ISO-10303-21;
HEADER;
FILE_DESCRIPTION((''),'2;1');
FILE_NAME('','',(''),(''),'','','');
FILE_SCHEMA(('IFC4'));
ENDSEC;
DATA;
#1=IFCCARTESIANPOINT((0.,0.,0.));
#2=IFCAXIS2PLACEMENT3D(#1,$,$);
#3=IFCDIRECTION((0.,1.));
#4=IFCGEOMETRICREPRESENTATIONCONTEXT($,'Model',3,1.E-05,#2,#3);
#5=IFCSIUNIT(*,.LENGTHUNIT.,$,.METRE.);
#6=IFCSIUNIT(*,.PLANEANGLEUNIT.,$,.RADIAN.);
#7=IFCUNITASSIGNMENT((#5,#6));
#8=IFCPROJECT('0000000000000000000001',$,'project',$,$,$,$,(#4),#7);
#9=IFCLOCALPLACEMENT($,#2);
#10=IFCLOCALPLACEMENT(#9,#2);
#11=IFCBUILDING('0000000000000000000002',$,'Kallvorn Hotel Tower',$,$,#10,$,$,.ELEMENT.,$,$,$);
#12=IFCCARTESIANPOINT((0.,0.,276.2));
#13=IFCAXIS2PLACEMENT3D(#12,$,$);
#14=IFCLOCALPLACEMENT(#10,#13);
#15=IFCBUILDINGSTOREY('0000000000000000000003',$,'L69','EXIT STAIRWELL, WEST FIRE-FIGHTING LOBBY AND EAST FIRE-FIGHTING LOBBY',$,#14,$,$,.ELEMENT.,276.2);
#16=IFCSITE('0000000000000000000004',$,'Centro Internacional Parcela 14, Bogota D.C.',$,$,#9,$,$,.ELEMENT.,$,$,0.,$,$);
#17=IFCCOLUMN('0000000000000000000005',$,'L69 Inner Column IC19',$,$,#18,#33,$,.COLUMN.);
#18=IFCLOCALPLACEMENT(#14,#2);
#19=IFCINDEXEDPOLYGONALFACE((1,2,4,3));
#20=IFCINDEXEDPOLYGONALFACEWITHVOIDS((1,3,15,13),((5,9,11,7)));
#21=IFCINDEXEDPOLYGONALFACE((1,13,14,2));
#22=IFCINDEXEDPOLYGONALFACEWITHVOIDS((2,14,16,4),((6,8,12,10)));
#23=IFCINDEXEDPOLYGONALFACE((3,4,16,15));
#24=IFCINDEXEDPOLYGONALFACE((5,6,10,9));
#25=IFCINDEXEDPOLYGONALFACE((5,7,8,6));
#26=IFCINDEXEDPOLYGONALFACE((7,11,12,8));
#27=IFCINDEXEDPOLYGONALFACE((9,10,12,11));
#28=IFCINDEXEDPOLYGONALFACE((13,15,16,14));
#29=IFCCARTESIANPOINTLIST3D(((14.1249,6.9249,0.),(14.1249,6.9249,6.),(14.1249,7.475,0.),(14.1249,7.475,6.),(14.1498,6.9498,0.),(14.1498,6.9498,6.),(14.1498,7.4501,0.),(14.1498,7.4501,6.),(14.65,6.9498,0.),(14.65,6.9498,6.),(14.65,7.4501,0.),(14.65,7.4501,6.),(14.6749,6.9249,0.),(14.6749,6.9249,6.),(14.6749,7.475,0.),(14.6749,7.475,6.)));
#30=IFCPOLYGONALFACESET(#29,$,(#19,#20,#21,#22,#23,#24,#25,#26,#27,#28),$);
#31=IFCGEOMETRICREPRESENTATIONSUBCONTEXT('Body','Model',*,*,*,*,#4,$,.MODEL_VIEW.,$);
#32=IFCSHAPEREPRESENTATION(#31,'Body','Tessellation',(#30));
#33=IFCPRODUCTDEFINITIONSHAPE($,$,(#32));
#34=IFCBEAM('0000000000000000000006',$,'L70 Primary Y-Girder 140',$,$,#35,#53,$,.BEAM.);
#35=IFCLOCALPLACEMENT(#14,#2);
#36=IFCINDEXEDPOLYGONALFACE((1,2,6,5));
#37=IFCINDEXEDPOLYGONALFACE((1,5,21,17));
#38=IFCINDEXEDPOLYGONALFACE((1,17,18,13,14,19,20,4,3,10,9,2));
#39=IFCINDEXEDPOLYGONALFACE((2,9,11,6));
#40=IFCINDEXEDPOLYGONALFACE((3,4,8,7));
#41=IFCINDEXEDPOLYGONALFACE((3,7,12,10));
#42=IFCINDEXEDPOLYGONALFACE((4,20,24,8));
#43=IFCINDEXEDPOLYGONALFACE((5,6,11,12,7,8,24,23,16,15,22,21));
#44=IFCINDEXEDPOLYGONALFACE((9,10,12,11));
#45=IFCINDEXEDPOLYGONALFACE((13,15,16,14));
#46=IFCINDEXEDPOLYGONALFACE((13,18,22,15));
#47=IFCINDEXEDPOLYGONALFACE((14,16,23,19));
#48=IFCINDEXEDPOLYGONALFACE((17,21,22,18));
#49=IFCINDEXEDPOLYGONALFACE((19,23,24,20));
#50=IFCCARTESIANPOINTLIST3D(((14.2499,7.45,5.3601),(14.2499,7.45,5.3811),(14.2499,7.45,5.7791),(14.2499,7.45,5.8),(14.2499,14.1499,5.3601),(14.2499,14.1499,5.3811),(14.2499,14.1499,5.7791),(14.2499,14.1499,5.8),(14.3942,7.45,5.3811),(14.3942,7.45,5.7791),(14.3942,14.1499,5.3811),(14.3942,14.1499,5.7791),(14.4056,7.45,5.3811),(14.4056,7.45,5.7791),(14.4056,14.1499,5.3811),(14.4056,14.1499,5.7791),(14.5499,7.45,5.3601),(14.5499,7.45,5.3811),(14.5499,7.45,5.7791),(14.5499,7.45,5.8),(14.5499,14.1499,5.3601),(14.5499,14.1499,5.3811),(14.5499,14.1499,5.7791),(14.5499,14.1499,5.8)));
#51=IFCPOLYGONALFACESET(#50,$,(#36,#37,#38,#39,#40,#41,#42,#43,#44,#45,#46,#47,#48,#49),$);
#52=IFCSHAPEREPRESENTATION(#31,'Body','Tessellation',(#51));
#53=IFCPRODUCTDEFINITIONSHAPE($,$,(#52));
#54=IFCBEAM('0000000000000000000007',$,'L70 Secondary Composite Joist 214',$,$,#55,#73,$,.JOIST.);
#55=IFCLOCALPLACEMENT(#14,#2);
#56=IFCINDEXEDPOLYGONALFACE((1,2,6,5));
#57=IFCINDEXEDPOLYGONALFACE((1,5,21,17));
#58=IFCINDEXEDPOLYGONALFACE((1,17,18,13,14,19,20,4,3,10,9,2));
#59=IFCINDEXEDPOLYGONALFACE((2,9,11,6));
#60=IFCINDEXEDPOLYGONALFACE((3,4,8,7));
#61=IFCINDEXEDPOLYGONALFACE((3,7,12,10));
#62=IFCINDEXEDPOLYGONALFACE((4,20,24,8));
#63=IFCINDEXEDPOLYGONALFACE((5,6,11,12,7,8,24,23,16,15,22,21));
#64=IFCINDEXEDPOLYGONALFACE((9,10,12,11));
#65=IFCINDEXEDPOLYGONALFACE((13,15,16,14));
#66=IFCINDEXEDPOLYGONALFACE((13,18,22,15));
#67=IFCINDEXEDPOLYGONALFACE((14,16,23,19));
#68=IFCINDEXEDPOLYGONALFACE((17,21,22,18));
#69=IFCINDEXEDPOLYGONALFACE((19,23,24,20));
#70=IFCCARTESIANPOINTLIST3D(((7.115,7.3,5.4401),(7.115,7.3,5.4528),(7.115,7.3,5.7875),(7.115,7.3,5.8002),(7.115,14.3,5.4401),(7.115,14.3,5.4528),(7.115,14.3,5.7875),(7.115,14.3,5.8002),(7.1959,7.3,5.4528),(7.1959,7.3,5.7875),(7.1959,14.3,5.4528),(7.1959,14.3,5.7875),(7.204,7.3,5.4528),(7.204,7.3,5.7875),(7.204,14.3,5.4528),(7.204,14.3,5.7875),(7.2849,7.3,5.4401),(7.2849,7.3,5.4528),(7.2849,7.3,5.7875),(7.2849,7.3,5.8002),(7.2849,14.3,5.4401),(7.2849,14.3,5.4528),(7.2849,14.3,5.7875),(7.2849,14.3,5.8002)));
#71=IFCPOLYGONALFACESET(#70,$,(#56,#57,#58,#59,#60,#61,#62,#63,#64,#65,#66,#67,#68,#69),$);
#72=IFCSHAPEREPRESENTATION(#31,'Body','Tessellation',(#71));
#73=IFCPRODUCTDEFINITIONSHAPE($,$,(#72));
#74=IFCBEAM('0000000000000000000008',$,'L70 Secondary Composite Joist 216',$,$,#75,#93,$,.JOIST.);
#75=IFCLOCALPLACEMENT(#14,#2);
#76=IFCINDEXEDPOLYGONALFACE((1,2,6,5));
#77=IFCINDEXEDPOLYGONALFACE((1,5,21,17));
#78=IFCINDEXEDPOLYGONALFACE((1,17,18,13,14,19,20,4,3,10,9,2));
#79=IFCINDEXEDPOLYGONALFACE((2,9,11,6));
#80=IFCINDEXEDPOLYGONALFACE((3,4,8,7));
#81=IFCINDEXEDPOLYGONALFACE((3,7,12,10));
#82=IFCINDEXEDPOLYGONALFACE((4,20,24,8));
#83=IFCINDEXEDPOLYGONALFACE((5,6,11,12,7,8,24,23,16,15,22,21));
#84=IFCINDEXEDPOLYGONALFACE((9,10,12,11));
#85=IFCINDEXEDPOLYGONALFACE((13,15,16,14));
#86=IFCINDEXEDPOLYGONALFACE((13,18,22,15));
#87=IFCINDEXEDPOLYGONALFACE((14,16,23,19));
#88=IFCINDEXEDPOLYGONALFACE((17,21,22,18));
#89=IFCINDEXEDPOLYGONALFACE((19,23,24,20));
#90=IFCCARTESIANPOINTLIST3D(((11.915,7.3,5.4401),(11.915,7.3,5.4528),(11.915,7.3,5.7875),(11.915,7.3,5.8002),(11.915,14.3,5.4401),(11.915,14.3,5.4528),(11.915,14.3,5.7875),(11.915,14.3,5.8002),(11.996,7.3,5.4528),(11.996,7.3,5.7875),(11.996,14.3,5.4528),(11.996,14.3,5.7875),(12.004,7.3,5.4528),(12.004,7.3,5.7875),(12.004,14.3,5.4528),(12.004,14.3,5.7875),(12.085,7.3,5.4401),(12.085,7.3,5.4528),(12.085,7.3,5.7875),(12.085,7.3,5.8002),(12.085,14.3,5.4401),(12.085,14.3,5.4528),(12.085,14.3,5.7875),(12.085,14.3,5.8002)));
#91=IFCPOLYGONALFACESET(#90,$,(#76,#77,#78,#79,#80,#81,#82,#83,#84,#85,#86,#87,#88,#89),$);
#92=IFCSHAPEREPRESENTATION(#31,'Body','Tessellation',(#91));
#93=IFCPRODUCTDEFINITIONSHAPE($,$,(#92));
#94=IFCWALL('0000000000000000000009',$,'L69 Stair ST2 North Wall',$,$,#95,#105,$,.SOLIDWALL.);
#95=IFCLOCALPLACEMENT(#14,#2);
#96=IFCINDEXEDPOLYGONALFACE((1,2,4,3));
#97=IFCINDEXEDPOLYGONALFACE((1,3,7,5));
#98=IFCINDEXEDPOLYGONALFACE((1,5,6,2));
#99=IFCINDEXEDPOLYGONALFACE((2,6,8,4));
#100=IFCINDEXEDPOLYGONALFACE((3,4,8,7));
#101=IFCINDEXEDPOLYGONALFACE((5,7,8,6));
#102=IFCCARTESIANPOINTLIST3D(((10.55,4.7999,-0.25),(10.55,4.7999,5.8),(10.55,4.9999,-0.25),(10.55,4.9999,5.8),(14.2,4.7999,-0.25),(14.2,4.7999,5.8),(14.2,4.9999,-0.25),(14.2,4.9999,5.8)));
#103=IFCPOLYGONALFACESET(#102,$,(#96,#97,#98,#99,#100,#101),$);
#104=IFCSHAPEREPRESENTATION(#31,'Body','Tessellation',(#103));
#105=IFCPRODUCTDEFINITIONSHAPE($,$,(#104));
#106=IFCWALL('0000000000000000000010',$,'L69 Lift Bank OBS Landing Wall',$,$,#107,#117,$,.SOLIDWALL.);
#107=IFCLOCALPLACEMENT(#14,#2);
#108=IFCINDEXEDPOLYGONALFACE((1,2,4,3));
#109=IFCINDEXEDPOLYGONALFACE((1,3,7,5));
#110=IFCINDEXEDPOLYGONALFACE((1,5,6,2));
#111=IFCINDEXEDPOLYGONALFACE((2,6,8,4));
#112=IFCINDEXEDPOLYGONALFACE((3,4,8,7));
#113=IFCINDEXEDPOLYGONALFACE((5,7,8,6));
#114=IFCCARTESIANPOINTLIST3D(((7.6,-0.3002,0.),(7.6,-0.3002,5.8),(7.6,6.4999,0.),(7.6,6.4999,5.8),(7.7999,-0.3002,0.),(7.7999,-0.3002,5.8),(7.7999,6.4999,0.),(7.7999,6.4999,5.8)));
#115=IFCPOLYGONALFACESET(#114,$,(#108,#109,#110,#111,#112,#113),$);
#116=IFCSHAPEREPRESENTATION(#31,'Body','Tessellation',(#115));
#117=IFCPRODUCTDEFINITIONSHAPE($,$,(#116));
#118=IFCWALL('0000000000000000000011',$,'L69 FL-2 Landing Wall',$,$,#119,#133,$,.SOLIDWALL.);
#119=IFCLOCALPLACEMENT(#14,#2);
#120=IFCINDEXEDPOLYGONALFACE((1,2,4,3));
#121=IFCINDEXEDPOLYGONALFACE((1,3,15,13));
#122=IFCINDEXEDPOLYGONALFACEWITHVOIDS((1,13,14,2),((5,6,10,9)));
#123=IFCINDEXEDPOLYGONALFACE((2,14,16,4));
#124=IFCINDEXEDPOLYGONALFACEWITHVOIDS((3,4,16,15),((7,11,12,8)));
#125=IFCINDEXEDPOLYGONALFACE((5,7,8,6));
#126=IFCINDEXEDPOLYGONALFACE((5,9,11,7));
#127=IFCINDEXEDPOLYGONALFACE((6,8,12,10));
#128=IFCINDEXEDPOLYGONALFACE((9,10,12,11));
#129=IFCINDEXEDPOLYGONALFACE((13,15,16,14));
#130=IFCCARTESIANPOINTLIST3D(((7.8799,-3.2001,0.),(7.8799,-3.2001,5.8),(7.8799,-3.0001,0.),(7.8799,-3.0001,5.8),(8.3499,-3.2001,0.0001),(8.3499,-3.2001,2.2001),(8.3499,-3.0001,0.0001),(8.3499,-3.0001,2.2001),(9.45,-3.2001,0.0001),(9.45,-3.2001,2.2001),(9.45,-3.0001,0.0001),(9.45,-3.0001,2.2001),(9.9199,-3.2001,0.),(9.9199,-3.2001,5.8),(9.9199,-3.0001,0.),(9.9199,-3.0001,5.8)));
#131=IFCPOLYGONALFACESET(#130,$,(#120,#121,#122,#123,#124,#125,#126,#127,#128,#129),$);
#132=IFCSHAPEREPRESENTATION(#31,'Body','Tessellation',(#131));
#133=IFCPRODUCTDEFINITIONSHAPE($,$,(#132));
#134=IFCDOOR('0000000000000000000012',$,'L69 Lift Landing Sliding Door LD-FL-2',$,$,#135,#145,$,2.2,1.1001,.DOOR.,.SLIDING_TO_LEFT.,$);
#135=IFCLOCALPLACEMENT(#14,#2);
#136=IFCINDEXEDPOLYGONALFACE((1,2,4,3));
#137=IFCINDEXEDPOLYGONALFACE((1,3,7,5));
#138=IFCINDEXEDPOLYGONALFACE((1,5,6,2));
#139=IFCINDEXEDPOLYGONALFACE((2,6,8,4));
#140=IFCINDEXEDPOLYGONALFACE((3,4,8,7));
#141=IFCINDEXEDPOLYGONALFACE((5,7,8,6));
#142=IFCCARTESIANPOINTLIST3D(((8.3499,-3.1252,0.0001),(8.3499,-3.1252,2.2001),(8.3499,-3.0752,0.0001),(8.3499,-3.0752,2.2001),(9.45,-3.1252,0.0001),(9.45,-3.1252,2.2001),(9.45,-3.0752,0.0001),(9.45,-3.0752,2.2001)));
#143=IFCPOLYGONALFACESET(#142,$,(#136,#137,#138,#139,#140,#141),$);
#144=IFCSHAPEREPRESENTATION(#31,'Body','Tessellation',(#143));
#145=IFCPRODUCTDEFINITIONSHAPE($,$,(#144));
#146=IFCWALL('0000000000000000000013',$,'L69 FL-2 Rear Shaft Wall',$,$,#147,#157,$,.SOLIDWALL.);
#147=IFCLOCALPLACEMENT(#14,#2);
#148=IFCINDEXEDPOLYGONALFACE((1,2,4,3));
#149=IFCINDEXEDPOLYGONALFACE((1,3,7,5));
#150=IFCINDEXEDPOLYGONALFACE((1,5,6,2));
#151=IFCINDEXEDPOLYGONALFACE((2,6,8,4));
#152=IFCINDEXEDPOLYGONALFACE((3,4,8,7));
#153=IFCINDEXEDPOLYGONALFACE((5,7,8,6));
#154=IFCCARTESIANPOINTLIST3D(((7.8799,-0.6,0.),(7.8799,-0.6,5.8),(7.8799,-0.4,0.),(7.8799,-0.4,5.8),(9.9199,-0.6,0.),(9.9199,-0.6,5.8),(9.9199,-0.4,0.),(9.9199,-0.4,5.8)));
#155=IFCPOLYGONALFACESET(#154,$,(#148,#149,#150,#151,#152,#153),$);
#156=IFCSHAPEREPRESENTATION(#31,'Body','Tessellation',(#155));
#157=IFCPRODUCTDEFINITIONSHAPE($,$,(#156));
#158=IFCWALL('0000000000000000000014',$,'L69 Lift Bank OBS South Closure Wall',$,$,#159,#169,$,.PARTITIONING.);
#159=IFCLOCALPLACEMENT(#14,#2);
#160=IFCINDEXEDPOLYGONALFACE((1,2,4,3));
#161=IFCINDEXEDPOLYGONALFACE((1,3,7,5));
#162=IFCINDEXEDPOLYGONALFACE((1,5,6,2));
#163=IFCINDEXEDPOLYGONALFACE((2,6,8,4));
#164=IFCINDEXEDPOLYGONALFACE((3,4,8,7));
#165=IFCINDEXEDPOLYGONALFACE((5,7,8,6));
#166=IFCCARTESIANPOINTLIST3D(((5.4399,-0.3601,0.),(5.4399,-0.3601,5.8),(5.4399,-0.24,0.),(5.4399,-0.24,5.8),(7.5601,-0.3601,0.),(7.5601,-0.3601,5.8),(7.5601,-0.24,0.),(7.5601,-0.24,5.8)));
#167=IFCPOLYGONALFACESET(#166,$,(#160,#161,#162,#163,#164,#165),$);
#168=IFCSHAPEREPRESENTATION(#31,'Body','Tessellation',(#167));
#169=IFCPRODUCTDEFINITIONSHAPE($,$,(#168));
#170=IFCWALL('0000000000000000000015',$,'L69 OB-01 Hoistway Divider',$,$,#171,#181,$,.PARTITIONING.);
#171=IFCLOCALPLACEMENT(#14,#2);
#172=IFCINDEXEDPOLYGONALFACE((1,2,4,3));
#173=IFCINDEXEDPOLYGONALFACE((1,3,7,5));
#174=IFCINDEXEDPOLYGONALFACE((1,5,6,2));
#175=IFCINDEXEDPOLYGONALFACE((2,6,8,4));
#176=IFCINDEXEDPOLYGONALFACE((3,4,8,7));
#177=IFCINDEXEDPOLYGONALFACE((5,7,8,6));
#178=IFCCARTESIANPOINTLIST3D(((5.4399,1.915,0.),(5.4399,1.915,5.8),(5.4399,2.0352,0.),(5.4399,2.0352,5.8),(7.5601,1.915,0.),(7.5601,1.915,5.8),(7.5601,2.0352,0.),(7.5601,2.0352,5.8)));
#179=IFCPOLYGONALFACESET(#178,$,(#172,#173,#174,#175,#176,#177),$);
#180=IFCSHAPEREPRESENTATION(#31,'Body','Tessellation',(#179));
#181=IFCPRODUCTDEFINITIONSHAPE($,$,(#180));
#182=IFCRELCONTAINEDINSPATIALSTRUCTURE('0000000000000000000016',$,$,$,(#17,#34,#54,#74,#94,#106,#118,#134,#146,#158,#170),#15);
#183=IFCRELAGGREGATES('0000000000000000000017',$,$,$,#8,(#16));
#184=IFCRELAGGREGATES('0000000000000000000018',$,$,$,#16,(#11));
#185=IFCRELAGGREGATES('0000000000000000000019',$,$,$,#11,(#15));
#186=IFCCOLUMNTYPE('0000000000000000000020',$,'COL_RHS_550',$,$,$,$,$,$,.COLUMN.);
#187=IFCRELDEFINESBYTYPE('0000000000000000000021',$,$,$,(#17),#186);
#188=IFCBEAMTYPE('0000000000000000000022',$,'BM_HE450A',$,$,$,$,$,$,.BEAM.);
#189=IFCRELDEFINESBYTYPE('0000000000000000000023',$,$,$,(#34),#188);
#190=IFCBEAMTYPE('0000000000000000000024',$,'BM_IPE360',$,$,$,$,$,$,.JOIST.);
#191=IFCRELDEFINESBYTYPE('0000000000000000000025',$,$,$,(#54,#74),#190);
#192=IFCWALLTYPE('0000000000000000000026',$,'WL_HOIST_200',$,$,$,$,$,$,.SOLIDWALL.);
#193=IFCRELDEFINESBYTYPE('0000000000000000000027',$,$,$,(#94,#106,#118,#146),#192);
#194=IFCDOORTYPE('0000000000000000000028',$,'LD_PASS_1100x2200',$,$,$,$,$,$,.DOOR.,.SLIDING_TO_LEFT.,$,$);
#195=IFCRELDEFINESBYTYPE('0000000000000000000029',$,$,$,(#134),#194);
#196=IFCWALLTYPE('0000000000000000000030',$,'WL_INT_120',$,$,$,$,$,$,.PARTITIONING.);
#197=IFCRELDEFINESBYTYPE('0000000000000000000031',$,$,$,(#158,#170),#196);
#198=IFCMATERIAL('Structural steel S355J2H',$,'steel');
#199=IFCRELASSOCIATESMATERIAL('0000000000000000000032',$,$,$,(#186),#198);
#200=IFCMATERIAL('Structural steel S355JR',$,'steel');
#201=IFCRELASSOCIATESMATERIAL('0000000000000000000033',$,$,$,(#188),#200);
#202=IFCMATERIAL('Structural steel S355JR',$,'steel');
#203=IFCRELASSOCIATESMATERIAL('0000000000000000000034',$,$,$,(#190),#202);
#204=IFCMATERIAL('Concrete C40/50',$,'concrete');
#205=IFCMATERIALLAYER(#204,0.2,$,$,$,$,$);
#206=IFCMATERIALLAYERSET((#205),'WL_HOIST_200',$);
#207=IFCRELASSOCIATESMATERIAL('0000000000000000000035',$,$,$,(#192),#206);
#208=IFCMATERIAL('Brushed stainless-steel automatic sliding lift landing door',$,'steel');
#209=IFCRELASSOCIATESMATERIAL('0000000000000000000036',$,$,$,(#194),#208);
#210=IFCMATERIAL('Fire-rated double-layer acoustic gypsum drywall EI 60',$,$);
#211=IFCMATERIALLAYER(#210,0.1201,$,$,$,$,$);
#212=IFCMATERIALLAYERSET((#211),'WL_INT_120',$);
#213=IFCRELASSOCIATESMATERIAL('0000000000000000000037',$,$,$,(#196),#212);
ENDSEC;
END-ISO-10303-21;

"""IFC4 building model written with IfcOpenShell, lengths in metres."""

from ifc_helpers import new_model, si_unit, direction, frame, frame_2d, origin, origin_2d, place, context, subcontext, project, spatial, rectangle, hollow_rectangle, i_section, extrude, material, layer, layer_set, material_profile, profile_set, type_object, element, fill, save


model = new_model("IFC4")

# Units and contexts
model_context = context("Model", 3, precision=1e-05, world=origin(), true_north=direction((0.0, 1.0)))
body_context = subcontext(model_context, "Body", "Model", "MODEL_VIEW")
ifc_project = project(units=[si_unit("LENGTHUNIT", "METRE"), si_unit("PLANEANGLEUNIT", "RADIAN")], contexts=[model_context])

# Site, building, storey
site_placement = place(None, origin())
site = spatial("IfcSite", under=ifc_project, at=site_placement, Name="Centro Internacional Parcela 14, Bogota D.C.", CompositionType="ELEMENT", RefElevation=0.0)
building_placement = place(site_placement, origin())
building = spatial("IfcBuilding", under=site, at=building_placement, Name="Kallvorn Hotel Tower", CompositionType="ELEMENT")
storey_placement = place(building_placement, frame((0.0, 0.0, 276.2)))
storey = spatial("IfcBuildingStorey", under=building, at=storey_placement, Name="L69", Description="EXIT STAIRWELL, WEST FIRE-FIGHTING LOBBY AND EAST FIRE-FIGHTING LOBBY", CompositionType="ELEMENT", Elevation=276.2)

# Column
ifc_material_1 = material(Name="Structural steel S355J2H", Category="steel")
ifc_material_profile_1 = material_profile(ifc_material_1, hollow_rectangle(XDim=0.55, YDim=0.55, WallThickness=0.0249, at=origin_2d()), Name="RHS 550x550x25")
ifc_profile_set_1 = profile_set([ifc_material_profile_1], Name="Structural steel S355J2H")
column_type = type_object("IfcColumnType", Name="COL_RHS_550", PredefinedType="COLUMN", material=ifc_profile_set_1)
column_placement = place(storey_placement, frame((14.3999, 7.2, 0.0), z_axis=(0.0, 0.0, 1.0), x_axis=(1.0, 0.0, 0.0)))
element("IfcColumn", 1, at=column_placement, inside=storey, type_object=column_type, Name="L69 Inner Column IC19", PredefinedType="COLUMN", context=body_context, shape_type="SweptSolid", body=[
    extrude(hollow_rectangle(XDim=0.55, YDim=0.55, WallThickness=0.0249, at=origin_2d()), origin(), (0.0, 0.0, 1.0), 6.0),
])

# Beams
ifc_material_2 = material(Name="Structural steel S355JR", Category="steel")
ifc_material_profile_2 = material_profile(ifc_material_2, i_section(OverallWidth=0.3, OverallDepth=0.4399, WebThickness=0.0115, FlangeThickness=0.021, at=origin_2d()), Name="HE 450 A")
ifc_profile_set_2 = profile_set([ifc_material_profile_2], Name="Structural steel S355JR")
beam_type_1 = type_object("IfcBeamType", Name="BM_HE450A", PredefinedType="BEAM", material=ifc_profile_set_2)
beam_placement = place(storey_placement, frame((14.3999, 7.45, 5.5801), z_axis=(0.0, 1.0, 0.0), x_axis=(-1.0, 0.0, 0.0)))
element("IfcBeam", 2, at=beam_placement, inside=storey, type_object=beam_type_1, Name="L70 Primary Y-Girder 140", PredefinedType="BEAM", context=body_context, shape_type="SweptSolid", body=[
    extrude(i_section(OverallWidth=0.3, OverallDepth=0.4399, WebThickness=0.0115, FlangeThickness=0.021, at=origin_2d()), origin(), (0.0, 0.0, 1.0), 6.7),
])
ifc_material_3 = material(Name="Structural steel S355JR", Category="steel")
ifc_material_profile_3 = material_profile(ifc_material_3, i_section(OverallWidth=0.1699, OverallDepth=0.3601, WebThickness=0.0081, FlangeThickness=0.0127, at=origin_2d()), Name="IPE 360")
ifc_profile_set_3 = profile_set([ifc_material_profile_3], Name="Structural steel S355JR")
beam_type_2 = type_object("IfcBeamType", Name="BM_IPE360", PredefinedType="JOIST", material=ifc_profile_set_3)
for number, where, z_axis, x_axis, name in (
    (3, (7.2, 7.3, 5.6201), (0.0, 1.0, 0.0), (-1.0, 0.0, 0.0), "L70 Secondary Composite Joist 214"),
    (4, (12.0, 7.3, 5.6201), (0.0, 1.0, 0.0), (-1.0, 0.0, 0.0), "L70 Secondary Composite Joist 216"),
):
    element("IfcBeam", number, at=place(storey_placement, frame(where, z_axis=z_axis, x_axis=x_axis)), inside=storey, type_object=beam_type_2, Name=name, PredefinedType="JOIST", context=body_context, shape_type="SweptSolid", body=[
        extrude(i_section(OverallWidth=0.1699, OverallDepth=0.3601, WebThickness=0.0081, FlangeThickness=0.0127, at=origin_2d()), origin(), (0.0, 0.0, 1.0), 7.0),
    ])

# Walls
ifc_material_4 = material(Name="Concrete C40/50", Category="concrete")
ifc_layer_1 = layer(ifc_material_4, 0.2)
ifc_layer_set_1 = layer_set([ifc_layer_1], Name="WL_HOIST_200")
wall_type_1 = type_object("IfcWallType", Name="WL_HOIST_200", PredefinedType="SOLIDWALL", material=ifc_layer_set_1)
wall_1_placement = place(storey_placement, frame((10.55, 4.8999, -0.25), z_axis=(0.0, 0.0, 1.0), x_axis=(1.0, 0.0, 0.0)))
element("IfcWall", 5, at=wall_1_placement, inside=storey, type_object=wall_type_1, Name="L69 Stair ST2 North Wall", PredefinedType="SOLIDWALL", context=body_context, shape_type="SweptSolid", body=[
    extrude(rectangle(XDim=3.6499, YDim=0.2, at=frame_2d((1.825, 0.0))), origin(), (0.0, 0.0, 1.0), 6.05),
])
wall_2_placement = place(storey_placement, frame((7.7, -0.3, 0.0), z_axis=(0.0, 0.0, 1.0), x_axis=(0.0, 1.0, 0.0)))
element("IfcWall", 6, at=wall_2_placement, inside=storey, type_object=wall_type_1, Name="L69 Lift Bank OBS Landing Wall", PredefinedType="SOLIDWALL", context=body_context, shape_type="SweptSolid", body=[
    extrude(rectangle(XDim=6.8, YDim=0.2, at=frame_2d((3.3999, 0.0))), origin(), (0.0, 0.0, 1.0), 5.8),
])

# Wall, opening, door
wall_3_placement = place(storey_placement, frame((7.8799, -3.1001, 0.0), z_axis=(0.0, 0.0, 1.0), x_axis=(1.0, 0.0, 0.0)))
wall_3 = element("IfcWall", 7, at=wall_3_placement, inside=storey, type_object=wall_type_1, Name="L69 FL-2 Landing Wall", PredefinedType="SOLIDWALL", context=body_context, shape_type="SweptSolid", body=[
    extrude(rectangle(XDim=2.04, YDim=0.2, at=frame_2d((1.02, 0.0))), origin(), (0.0, 0.0, 1.0), 5.8),
])
opening_placement = place(wall_3_placement, frame((0.47, 0.0, 0.0)))
opening = element("IfcOpeningElement", 8, at=opening_placement, cuts=wall_3, PredefinedType="OPENING", context=body_context, shape_type="SweptSolid", body=[
    extrude(rectangle(XDim=1.1001, YDim=2.2, at=frame_2d((0.55, 1.1001))), frame((0.0, 0.115, 0.0), z_axis=(0.0, -1.0, 0.0), x_axis=(1.0, 0.0, 0.0)), (0.0, 0.0, 1.0), 0.23),
])
ifc_material_5 = material(Name="Brushed stainless-steel automatic sliding lift landing door", Category="steel")
door_type = type_object("IfcDoorType", Name="LD_PASS_1100x2200", OperationType="SLIDING_TO_LEFT", PredefinedType="DOOR", material=ifc_material_5)
door_placement = place(opening_placement, origin())
door = element("IfcDoor", 9, at=door_placement, inside=storey, type_object=door_type, Name="L69 Lift Landing Sliding Door LD-FL-2", OperationType="SLIDING_TO_LEFT", OverallHeight=2.2, OverallWidth=1.1001, PredefinedType="DOOR", context=body_context, shape_type="SweptSolid", body=[
    extrude(rectangle(XDim=1.1001, YDim=2.2, at=frame_2d((0.55, 1.1001))), frame((0.0, 0.0249, 0.0), z_axis=(0.0, -1.0, 0.0), x_axis=(1.0, 0.0, 0.0)), (0.0, 0.0, 1.0), 0.05),
])
fill(opening, door)

# Walls
wall_4_placement = place(storey_placement, frame((7.8799, -0.5, 0.0), z_axis=(0.0, 0.0, 1.0), x_axis=(1.0, 0.0, 0.0)))
element("IfcWall", 10, at=wall_4_placement, inside=storey, type_object=wall_type_1, Name="L69 FL-2 Rear Shaft Wall", PredefinedType="SOLIDWALL", context=body_context, shape_type="SweptSolid", body=[
    extrude(rectangle(XDim=2.04, YDim=0.2, at=frame_2d((1.02, 0.0))), origin(), (0.0, 0.0, 1.0), 5.8),
])
ifc_material_6 = material(Name="Fire-rated double-layer acoustic gypsum drywall EI 60")
ifc_layer_2 = layer(ifc_material_6, 0.1201)
ifc_layer_set_2 = layer_set([ifc_layer_2], Name="WL_INT_120")
wall_type_2 = type_object("IfcWallType", Name="WL_INT_120", PredefinedType="PARTITIONING", material=ifc_layer_set_2)
for number, where, z_axis, x_axis, name in (
    (11, (5.4399, -0.3, 0.0), (0.0, 0.0, 1.0), (1.0, 0.0, 0.0), "L69 Lift Bank OBS South Closure Wall"),
    (12, (5.4399, 1.9751, 0.0), (0.0, 0.0, 1.0), (1.0, 0.0, 0.0), "L69 OB-01 Hoistway Divider"),
):
    element("IfcWall", number, at=place(storey_placement, frame(where, z_axis=z_axis, x_axis=x_axis)), inside=storey, type_object=wall_type_2, Name=name, PredefinedType="PARTITIONING", context=body_context, shape_type="SweptSolid", body=[
        extrude(rectangle(XDim=2.1201, YDim=0.1201, at=frame_2d((1.0601, 0.0))), origin(), (0.0, 0.0, 1.0), 5.8),
    ])

save(model, "model.ifc")
